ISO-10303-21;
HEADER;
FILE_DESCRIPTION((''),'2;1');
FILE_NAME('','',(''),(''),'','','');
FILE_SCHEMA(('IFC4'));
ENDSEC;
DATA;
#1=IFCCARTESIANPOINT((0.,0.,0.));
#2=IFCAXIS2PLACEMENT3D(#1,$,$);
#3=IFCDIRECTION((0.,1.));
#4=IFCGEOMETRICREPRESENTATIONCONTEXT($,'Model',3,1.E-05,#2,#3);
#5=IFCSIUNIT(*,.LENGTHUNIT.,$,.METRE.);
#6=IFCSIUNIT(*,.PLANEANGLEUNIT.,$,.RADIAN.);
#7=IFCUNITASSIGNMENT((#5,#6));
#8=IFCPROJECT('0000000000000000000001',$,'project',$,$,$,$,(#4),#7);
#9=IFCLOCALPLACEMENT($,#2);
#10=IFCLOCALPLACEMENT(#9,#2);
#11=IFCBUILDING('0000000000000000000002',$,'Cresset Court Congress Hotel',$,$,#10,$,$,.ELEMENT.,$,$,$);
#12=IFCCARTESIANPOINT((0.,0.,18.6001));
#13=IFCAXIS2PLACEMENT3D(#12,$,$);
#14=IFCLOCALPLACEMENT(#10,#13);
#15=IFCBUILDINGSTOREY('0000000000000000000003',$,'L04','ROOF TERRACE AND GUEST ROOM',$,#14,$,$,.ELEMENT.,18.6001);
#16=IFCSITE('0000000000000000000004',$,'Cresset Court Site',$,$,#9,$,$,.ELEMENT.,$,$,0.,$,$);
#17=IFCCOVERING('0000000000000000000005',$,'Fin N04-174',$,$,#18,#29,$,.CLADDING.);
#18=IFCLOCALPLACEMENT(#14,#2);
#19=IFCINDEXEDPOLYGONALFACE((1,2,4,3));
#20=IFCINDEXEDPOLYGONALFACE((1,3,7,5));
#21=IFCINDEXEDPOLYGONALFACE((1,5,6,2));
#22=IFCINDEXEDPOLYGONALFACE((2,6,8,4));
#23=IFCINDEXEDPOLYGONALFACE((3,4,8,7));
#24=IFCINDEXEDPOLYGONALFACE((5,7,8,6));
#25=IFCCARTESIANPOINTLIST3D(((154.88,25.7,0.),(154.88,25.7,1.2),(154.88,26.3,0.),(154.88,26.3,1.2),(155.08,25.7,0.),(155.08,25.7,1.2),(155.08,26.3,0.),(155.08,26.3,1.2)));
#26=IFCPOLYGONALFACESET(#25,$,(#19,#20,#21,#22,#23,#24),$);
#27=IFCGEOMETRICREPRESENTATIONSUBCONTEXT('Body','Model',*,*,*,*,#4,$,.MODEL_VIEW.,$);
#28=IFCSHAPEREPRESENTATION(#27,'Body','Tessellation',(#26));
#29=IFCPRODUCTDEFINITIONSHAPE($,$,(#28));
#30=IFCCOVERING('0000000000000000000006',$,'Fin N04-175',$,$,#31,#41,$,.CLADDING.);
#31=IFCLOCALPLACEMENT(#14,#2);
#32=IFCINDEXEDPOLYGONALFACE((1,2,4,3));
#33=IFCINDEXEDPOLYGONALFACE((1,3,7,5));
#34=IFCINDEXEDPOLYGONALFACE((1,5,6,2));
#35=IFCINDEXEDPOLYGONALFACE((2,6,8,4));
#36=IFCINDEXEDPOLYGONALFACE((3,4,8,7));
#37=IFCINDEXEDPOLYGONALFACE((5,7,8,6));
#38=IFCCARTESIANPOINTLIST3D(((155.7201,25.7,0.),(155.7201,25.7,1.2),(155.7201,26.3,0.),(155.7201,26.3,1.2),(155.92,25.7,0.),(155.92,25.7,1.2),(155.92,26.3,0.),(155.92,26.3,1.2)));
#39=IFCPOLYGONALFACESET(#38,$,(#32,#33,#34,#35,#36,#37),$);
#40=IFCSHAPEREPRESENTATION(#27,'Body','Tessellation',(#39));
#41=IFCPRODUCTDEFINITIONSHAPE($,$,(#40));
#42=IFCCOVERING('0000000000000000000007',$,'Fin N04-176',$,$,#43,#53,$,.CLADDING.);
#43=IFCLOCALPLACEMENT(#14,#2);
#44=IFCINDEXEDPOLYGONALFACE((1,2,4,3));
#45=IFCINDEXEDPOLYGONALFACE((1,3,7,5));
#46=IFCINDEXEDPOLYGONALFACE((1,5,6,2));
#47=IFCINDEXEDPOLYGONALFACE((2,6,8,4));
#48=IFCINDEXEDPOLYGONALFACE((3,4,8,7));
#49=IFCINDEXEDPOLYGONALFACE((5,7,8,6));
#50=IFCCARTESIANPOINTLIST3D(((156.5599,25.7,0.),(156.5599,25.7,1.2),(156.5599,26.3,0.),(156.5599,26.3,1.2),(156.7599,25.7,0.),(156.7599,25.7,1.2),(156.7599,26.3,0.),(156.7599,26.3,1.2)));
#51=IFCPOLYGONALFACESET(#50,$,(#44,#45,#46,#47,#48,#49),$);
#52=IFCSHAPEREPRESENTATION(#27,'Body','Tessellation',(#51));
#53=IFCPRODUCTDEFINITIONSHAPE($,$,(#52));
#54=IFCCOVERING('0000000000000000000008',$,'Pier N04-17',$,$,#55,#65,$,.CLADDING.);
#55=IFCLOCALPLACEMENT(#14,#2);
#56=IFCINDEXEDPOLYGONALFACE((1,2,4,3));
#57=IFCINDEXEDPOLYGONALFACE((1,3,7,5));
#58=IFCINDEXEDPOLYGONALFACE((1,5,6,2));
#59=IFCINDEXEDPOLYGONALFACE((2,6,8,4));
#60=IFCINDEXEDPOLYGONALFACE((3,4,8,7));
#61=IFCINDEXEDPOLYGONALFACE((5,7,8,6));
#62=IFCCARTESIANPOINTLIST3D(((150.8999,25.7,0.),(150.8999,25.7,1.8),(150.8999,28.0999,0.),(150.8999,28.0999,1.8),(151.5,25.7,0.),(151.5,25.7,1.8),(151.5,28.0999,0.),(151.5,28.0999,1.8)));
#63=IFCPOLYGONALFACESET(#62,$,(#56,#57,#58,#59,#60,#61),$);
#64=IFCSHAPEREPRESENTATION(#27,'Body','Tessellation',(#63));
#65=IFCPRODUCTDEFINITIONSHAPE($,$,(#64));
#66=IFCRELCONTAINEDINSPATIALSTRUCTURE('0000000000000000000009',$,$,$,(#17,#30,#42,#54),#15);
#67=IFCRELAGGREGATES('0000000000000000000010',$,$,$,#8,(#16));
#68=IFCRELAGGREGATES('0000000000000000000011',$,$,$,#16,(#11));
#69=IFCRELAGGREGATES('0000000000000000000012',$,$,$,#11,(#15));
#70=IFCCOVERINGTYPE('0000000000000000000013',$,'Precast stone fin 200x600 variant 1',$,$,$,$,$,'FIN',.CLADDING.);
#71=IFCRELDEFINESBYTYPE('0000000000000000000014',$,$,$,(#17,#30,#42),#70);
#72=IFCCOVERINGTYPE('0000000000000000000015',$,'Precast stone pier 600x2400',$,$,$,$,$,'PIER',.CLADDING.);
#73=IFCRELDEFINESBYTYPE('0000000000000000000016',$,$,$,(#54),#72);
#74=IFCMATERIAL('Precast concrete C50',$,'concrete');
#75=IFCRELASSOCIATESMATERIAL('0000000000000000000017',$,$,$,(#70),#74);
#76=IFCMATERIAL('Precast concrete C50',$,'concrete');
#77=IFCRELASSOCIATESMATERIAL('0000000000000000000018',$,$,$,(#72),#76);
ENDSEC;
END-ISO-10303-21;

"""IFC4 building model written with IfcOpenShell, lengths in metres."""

from ifc_helpers import new_model, si_unit, direction, frame, origin, origin_2d, place, context, subcontext, project, spatial, rectangle, extrude, material, type_object, element, save


model = new_model("IFC4")

# Units and contexts
model_context = context("Model", 3, precision=1e-05, world=origin(), true_north=direction((0.0, 1.0)))
body_context = subcontext(model_context, "Body", "Model", "MODEL_VIEW")
ifc_project = project(units=[si_unit("LENGTHUNIT", "METRE"), si_unit("PLANEANGLEUNIT", "RADIAN")], contexts=[model_context])

# Site, building, storey
site_placement = place(None, origin())
site = spatial("IfcSite", under=ifc_project, at=site_placement, Name="Cresset Court Site", CompositionType="ELEMENT", RefElevation=0.0)
building_placement = place(site_placement, origin())
building = spatial("IfcBuilding", under=site, at=building_placement, Name="Cresset Court Congress Hotel", CompositionType="ELEMENT")
storey_placement = place(building_placement, frame((0.0, 0.0, 18.6001)))
storey = spatial("IfcBuildingStorey", under=building, at=storey_placement, Name="L04", Description="ROOF TERRACE AND GUEST ROOM", CompositionType="ELEMENT", Elevation=18.6001)

# Coverings
ifc_material_1 = material(Name="Precast concrete C50", Category="concrete")
covering_type_1 = type_object("IfcCoveringType", Name="Precast stone fin 200x600 variant 1", ElementType="FIN", PredefinedType="CLADDING", material=ifc_material_1)
for number, where, z_axis, x_axis, name in (
    (1, (154.98, 26.0, 0.0), (0.0, 0.0, 1.0), (1.0, 0.0, 0.0), "Fin N04-174"),
    (2, (155.8201, 26.0, 0.0), (0.0, 0.0, 1.0), (1.0, 0.0, 0.0), "Fin N04-175"),
    (3, (156.6599, 26.0, 0.0), (0.0, 0.0, 1.0), (1.0, 0.0, 0.0), "Fin N04-176"),
):
    element("IfcCovering", number, at=place(storey_placement, frame(where, z_axis=z_axis, x_axis=x_axis)), inside=storey, type_object=covering_type_1, Name=name, PredefinedType="CLADDING", context=body_context, shape_type="SweptSolid", body=[
        extrude(rectangle(XDim=0.2, YDim=0.6001, at=origin_2d()), origin(), (0.0, 0.0, 1.0), 1.2),
    ])
ifc_material_2 = material(Name="Precast concrete C50", Category="concrete")
covering_type_2 = type_object("IfcCoveringType", Name="Precast stone pier 600x2400", ElementType="PIER", PredefinedType="CLADDING", material=ifc_material_2)
covering_placement = place(storey_placement, frame((151.2, 26.8999, 0.0), z_axis=(0.0, 0.0, 1.0), x_axis=(1.0, 0.0, 0.0)))
element("IfcCovering", 4, at=covering_placement, inside=storey, type_object=covering_type_2, Name="Pier N04-17", PredefinedType="CLADDING", context=body_context, shape_type="SweptSolid", body=[
    extrude(rectangle(XDim=0.6001, YDim=2.3999, at=origin_2d()), origin(), (0.0, 0.0, 1.0), 1.8),
])

save(model, "model.ifc")
